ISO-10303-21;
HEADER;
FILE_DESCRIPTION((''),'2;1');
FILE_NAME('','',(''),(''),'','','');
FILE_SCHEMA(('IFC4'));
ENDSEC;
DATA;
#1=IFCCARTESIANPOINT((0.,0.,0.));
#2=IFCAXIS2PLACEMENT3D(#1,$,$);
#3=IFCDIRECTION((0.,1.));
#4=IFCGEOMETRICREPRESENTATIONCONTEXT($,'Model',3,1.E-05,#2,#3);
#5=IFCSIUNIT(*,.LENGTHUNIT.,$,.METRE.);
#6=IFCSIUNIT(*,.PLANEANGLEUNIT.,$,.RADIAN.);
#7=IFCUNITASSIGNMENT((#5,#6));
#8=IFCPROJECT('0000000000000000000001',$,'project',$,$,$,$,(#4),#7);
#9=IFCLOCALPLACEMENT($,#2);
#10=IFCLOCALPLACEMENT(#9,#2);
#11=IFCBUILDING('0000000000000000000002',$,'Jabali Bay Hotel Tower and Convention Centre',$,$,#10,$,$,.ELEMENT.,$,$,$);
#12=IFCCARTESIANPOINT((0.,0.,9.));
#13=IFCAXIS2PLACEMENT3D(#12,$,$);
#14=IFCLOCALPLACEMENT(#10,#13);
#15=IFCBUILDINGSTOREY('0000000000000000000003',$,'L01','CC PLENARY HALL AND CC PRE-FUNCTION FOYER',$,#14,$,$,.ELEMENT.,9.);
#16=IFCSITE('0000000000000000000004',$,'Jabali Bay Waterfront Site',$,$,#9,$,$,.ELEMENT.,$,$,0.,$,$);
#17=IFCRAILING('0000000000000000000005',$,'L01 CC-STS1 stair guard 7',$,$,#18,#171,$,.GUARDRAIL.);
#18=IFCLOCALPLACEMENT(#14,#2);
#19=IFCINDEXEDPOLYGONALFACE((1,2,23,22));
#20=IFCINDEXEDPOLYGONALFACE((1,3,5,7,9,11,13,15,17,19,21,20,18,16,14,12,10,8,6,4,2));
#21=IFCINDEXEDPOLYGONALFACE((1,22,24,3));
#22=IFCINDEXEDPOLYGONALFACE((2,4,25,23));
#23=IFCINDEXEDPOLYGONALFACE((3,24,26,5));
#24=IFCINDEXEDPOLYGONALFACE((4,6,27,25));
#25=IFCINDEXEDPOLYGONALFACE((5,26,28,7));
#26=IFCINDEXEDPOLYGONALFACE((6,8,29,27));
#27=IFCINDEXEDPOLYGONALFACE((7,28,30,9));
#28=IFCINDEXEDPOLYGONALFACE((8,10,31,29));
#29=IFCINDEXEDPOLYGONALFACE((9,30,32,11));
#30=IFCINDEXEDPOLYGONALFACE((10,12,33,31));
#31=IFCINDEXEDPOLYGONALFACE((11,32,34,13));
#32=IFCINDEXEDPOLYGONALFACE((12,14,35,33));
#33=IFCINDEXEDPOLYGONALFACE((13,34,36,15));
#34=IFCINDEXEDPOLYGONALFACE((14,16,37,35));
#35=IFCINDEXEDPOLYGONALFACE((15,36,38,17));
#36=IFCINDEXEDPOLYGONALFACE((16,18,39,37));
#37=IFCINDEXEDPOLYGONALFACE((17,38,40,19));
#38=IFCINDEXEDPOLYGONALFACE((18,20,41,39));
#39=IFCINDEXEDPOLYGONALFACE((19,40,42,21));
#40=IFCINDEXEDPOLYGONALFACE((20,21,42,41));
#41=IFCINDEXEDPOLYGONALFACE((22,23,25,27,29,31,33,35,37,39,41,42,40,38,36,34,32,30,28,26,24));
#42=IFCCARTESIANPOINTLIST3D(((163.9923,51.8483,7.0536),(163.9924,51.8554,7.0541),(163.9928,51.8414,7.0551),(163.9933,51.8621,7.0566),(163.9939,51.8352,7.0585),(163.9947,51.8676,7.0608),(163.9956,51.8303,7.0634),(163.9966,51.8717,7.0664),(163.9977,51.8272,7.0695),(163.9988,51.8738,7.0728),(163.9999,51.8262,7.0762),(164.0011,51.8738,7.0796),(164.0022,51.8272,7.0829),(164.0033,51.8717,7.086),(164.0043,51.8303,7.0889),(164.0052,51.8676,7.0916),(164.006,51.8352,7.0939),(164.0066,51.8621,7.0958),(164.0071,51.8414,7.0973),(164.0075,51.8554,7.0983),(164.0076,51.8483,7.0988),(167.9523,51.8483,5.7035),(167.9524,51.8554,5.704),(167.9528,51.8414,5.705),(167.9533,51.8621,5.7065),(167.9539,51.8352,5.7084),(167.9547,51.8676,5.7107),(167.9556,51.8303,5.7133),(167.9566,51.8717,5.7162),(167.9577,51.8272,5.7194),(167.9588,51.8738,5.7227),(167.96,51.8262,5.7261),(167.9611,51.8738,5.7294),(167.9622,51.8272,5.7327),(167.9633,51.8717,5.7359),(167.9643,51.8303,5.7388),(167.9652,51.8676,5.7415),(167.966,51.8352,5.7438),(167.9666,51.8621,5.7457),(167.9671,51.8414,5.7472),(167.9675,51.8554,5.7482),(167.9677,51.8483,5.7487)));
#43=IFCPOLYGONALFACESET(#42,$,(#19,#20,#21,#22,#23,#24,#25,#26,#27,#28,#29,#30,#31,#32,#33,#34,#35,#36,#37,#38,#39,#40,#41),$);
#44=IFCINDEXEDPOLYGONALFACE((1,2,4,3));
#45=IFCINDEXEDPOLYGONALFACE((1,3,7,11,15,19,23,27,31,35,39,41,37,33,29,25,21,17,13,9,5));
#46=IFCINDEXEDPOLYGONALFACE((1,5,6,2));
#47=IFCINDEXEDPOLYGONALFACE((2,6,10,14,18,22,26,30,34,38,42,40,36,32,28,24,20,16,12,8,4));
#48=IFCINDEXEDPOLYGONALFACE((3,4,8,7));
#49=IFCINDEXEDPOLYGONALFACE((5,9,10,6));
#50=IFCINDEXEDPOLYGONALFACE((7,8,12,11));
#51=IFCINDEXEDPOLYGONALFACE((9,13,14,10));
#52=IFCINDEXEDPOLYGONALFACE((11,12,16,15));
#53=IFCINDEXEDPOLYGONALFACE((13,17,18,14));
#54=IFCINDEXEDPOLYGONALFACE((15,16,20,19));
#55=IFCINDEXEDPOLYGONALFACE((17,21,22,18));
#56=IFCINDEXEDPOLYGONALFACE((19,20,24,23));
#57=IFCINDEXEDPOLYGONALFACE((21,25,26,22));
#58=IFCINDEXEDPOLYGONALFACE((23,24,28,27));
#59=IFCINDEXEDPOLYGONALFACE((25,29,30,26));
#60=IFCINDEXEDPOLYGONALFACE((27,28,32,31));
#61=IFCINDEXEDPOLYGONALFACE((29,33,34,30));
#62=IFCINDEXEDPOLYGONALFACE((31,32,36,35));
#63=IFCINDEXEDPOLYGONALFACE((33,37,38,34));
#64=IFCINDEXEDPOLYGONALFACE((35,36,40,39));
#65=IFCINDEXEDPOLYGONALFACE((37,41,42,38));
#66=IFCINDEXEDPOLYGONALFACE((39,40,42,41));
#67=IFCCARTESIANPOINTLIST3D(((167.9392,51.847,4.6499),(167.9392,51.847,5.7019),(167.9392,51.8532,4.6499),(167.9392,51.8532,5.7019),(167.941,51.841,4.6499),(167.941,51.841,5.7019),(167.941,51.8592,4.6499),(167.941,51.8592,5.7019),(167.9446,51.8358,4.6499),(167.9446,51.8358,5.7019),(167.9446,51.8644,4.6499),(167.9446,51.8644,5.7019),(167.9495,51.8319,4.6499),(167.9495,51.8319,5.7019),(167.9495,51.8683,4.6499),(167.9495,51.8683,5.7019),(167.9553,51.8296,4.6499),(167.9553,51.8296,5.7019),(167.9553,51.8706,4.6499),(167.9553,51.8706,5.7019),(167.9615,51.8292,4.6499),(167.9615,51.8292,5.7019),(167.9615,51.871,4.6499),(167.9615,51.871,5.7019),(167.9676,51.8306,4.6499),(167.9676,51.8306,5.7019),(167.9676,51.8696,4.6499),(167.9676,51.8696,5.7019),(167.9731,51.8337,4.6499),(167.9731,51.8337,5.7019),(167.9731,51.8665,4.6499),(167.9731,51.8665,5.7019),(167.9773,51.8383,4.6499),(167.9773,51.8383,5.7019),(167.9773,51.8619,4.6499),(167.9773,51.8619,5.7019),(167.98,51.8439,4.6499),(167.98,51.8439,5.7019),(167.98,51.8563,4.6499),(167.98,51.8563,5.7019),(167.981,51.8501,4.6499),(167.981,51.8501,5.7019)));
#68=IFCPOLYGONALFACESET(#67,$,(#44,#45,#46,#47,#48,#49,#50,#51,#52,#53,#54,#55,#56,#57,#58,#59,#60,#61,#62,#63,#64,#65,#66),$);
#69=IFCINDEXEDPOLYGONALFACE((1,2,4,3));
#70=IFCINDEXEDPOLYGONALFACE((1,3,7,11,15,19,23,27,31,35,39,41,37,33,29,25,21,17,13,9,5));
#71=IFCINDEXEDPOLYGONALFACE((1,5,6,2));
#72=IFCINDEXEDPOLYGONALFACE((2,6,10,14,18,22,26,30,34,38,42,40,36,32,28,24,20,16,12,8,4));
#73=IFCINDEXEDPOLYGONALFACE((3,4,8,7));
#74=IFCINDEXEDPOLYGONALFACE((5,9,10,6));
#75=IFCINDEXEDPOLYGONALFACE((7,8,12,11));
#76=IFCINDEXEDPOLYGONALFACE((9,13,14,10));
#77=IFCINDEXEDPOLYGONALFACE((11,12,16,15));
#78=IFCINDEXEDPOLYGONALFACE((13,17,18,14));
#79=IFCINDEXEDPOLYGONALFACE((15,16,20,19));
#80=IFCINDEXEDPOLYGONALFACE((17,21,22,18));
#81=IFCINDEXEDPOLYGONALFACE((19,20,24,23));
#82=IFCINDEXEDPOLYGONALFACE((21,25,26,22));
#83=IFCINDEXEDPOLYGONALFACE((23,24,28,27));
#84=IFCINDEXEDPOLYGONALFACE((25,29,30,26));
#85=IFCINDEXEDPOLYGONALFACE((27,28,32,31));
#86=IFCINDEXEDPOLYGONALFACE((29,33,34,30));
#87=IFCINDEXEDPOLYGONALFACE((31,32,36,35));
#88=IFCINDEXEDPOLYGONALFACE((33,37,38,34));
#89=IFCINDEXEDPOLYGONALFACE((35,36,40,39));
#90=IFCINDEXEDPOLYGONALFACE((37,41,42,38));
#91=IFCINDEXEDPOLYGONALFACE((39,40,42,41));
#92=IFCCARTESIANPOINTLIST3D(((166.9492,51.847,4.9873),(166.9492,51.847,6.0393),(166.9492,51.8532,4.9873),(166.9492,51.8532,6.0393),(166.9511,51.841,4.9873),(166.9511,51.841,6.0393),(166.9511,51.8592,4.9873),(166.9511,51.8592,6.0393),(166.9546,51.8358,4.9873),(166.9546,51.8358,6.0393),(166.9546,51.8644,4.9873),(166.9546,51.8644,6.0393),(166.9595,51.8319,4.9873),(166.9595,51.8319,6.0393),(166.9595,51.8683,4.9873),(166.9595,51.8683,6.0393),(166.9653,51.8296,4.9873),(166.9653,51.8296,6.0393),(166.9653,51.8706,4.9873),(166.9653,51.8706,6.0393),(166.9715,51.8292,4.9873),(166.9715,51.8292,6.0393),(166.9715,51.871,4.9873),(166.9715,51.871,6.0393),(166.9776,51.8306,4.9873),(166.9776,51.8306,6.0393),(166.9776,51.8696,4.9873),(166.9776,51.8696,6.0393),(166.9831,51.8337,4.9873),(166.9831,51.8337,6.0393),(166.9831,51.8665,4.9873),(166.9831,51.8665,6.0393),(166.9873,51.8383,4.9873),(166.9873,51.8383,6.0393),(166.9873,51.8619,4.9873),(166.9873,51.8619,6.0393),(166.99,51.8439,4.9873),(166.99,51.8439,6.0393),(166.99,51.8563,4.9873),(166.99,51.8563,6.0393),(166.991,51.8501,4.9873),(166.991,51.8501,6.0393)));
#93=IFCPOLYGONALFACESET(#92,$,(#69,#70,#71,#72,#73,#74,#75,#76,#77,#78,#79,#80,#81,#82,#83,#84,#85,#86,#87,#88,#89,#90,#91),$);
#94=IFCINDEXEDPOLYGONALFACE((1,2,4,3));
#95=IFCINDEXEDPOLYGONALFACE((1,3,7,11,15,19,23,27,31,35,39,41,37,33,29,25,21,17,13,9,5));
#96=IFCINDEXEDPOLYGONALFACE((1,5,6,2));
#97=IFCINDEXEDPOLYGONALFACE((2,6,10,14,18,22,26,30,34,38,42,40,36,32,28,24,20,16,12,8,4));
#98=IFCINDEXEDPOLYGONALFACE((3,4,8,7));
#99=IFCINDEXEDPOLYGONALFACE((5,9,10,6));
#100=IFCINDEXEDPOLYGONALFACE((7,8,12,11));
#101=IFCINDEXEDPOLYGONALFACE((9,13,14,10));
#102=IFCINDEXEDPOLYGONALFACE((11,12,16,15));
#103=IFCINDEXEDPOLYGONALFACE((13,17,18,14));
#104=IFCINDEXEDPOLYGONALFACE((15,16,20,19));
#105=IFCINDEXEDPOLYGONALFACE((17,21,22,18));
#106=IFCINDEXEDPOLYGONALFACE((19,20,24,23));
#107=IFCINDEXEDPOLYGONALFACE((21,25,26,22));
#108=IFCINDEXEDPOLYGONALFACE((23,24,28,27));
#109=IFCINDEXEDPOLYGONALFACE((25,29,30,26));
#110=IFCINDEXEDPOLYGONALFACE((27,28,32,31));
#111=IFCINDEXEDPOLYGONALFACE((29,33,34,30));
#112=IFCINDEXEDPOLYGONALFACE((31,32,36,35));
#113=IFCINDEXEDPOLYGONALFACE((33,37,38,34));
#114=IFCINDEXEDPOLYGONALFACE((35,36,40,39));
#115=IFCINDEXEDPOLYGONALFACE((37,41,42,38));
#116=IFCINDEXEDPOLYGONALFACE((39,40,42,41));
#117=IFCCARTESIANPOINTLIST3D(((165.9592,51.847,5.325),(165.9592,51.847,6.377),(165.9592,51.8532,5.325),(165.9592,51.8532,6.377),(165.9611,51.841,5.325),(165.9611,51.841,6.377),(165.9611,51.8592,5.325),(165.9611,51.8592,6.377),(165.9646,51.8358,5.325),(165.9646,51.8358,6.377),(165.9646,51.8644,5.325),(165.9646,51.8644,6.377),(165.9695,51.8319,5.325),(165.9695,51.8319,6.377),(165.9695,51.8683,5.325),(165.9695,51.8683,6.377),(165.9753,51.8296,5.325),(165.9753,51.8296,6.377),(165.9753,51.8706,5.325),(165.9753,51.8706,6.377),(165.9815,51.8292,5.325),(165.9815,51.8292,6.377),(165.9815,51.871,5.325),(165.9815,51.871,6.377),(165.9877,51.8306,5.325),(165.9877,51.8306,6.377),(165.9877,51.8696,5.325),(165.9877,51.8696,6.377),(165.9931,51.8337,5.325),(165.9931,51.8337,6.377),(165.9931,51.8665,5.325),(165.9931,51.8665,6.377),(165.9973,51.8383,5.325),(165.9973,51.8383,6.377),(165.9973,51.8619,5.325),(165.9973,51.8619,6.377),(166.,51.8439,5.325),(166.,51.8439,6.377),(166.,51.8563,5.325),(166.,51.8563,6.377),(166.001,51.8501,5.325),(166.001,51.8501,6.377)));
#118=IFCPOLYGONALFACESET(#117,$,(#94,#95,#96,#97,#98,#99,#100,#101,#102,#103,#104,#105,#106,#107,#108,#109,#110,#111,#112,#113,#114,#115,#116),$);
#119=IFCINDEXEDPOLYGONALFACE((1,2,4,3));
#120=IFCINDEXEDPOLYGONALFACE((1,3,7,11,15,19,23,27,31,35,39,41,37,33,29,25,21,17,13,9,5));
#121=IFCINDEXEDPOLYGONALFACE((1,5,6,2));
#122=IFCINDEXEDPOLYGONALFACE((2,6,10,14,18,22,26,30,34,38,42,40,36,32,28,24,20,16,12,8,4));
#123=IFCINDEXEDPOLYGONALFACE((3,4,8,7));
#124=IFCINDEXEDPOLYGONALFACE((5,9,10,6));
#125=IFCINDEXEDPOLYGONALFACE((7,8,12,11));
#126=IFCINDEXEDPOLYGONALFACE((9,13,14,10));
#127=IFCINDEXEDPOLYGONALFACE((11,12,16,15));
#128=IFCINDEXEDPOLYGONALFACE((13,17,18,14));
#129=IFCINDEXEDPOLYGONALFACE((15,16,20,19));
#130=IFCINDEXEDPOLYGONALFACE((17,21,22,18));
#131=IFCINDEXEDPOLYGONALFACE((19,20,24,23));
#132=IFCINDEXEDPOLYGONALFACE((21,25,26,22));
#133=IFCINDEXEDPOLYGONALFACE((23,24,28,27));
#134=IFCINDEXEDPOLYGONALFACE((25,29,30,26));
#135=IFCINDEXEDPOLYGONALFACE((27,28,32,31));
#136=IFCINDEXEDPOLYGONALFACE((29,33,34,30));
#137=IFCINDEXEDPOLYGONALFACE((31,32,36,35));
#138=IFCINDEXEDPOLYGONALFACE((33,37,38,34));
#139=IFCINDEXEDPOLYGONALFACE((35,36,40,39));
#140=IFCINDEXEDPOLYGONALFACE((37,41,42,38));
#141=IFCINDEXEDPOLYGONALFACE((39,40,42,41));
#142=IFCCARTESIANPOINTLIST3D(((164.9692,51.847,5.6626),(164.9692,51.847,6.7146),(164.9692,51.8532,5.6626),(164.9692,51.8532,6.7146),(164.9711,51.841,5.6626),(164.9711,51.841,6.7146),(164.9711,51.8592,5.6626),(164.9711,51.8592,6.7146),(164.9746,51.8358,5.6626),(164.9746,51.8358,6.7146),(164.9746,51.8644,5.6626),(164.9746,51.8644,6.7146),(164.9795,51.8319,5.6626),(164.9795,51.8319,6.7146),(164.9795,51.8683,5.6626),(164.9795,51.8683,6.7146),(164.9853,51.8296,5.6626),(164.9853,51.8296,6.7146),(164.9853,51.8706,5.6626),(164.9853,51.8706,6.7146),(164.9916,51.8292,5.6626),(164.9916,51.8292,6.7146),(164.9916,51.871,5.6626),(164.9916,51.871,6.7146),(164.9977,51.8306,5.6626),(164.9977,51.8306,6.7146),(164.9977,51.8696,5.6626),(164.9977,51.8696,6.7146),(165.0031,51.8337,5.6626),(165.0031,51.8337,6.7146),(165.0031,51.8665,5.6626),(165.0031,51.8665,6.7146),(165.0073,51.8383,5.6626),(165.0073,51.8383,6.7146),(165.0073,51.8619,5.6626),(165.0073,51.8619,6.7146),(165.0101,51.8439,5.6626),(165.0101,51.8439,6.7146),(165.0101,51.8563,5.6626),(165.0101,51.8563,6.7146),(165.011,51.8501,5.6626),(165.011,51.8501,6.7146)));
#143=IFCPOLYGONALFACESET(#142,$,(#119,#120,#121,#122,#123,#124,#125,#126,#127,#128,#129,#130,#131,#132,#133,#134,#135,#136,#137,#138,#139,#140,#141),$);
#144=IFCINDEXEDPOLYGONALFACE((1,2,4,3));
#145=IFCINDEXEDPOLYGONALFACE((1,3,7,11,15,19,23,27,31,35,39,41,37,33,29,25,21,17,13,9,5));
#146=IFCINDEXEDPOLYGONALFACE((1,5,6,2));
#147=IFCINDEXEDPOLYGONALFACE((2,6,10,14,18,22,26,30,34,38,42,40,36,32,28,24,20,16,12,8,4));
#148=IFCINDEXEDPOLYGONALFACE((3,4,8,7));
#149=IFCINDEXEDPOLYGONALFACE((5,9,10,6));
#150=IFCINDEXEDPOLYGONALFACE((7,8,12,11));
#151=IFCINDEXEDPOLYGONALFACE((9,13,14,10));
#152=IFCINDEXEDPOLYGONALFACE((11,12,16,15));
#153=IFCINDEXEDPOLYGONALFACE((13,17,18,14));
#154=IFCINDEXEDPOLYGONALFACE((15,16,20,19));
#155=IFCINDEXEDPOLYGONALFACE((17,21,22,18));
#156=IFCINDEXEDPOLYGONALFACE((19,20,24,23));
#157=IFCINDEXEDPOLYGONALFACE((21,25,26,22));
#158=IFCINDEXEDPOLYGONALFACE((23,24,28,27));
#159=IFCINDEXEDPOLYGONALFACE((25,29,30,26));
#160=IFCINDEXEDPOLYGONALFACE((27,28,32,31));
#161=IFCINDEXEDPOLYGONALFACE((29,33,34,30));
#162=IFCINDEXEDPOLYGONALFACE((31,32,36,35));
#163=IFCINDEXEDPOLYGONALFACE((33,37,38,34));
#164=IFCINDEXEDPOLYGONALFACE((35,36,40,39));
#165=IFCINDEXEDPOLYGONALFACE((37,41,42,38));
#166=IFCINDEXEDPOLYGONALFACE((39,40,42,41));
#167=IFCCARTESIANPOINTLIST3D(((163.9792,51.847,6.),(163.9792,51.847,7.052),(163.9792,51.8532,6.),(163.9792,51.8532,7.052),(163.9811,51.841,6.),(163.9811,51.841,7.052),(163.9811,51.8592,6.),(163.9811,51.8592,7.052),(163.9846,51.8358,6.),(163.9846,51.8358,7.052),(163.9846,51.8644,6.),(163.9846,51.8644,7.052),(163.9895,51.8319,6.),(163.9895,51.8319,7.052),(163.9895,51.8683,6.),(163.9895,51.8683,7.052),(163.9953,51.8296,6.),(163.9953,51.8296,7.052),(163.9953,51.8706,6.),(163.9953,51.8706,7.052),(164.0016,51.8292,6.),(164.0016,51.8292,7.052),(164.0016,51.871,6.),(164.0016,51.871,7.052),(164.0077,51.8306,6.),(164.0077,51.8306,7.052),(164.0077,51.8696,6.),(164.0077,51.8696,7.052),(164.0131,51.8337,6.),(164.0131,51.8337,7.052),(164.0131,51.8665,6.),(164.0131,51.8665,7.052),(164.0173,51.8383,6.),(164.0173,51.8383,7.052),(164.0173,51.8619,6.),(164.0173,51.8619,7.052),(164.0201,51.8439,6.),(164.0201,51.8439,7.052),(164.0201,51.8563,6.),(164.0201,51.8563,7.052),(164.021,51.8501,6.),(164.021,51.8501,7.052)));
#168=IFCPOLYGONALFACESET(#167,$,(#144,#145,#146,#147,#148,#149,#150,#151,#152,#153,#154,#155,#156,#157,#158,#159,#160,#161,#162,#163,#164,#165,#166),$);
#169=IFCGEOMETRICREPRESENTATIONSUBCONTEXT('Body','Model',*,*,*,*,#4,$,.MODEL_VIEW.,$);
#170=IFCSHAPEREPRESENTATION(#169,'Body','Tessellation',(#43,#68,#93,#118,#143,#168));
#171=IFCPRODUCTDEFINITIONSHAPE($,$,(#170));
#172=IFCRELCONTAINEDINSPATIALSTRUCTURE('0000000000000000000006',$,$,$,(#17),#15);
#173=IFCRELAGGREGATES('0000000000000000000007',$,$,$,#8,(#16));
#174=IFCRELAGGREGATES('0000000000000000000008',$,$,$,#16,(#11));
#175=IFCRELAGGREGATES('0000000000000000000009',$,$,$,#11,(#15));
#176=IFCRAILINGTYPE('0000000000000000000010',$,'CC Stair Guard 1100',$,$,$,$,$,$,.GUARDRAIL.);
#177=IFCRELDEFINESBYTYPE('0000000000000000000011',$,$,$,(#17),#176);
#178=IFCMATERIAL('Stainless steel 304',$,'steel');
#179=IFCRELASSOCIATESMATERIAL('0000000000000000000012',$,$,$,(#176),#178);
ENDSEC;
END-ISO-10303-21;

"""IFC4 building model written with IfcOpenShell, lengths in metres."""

from ifc_helpers import new_model, si_unit, direction, frame, origin, origin_2d, place, context, subcontext, project, spatial, circle, extrude, material, type_object, element, save


model = new_model("IFC4")

# Units and contexts
model_context = context("Model", 3, precision=1e-05, world=origin(), true_north=direction((0.0, 1.0)))
body_context = subcontext(model_context, "Body", "Model", "MODEL_VIEW")
ifc_project = project(units=[si_unit("LENGTHUNIT", "METRE"), si_unit("PLANEANGLEUNIT", "RADIAN")], contexts=[model_context])

# Site, building, storey
site_placement = place(None, origin())
site = spatial("IfcSite", under=ifc_project, at=site_placement, Name="Jabali Bay Waterfront Site", CompositionType="ELEMENT", RefElevation=0.0)
building_placement = place(site_placement, origin())
building = spatial("IfcBuilding", under=site, at=building_placement, Name="Jabali Bay Hotel Tower and Convention Centre", CompositionType="ELEMENT")
storey_placement = place(building_placement, frame((0.0, 0.0, 9.0)))
storey = spatial("IfcBuildingStorey", under=building, at=storey_placement, Name="L01", Description="CC PLENARY HALL AND CC PRE-FUNCTION FOYER", CompositionType="ELEMENT", Elevation=9.0)

# Railing
ifc_material_1 = material(Name="Stainless steel 304", Category="steel")
railing_type_1 = type_object("IfcRailingType", Name="CC Stair Guard 1100", PredefinedType="GUARDRAIL", material=ifc_material_1)
railing_1_placement = place(storey_placement, frame((167.96, 51.8501, 4.6499)))
element("IfcRailing", 1, at=railing_1_placement, inside=storey, type_object=railing_type_1, Name="L01 CC-STS1 stair guard 7", PredefinedType="GUARDRAIL", context=body_context, shape_type="SweptSolid", body=[
    extrude(circle(Radius=0.0239, at=origin_2d()), frame((0.0, 0.0, 1.0762), z_axis=(-0.946502, 0.0, 0.322698), x_axis=(0.0, -1.0, 0.0)), (0.0, 0.0, 1.0), 4.1838),
    extrude(circle(Radius=0.021, at=origin_2d()), origin(), (0.0, 0.0, 1.0), 1.052),
    extrude(circle(Radius=0.021, at=origin_2d()), frame((-0.99, 0.0, 0.3374)), (0.0, 0.0, 1.0), 1.052),
    extrude(circle(Radius=0.021, at=origin_2d()), frame((-1.98, 0.0, 0.675)), (0.0, 0.0, 1.0), 1.052),
    extrude(circle(Radius=0.021, at=origin_2d()), frame((-2.97, 0.0, 1.0127)), (0.0, 0.0, 1.0), 1.052),
    extrude(circle(Radius=0.021, at=origin_2d()), frame((-3.96, 0.0, 1.3501)), (0.0, 0.0, 1.0), 1.052),
])

save(model, "model.ifc")
